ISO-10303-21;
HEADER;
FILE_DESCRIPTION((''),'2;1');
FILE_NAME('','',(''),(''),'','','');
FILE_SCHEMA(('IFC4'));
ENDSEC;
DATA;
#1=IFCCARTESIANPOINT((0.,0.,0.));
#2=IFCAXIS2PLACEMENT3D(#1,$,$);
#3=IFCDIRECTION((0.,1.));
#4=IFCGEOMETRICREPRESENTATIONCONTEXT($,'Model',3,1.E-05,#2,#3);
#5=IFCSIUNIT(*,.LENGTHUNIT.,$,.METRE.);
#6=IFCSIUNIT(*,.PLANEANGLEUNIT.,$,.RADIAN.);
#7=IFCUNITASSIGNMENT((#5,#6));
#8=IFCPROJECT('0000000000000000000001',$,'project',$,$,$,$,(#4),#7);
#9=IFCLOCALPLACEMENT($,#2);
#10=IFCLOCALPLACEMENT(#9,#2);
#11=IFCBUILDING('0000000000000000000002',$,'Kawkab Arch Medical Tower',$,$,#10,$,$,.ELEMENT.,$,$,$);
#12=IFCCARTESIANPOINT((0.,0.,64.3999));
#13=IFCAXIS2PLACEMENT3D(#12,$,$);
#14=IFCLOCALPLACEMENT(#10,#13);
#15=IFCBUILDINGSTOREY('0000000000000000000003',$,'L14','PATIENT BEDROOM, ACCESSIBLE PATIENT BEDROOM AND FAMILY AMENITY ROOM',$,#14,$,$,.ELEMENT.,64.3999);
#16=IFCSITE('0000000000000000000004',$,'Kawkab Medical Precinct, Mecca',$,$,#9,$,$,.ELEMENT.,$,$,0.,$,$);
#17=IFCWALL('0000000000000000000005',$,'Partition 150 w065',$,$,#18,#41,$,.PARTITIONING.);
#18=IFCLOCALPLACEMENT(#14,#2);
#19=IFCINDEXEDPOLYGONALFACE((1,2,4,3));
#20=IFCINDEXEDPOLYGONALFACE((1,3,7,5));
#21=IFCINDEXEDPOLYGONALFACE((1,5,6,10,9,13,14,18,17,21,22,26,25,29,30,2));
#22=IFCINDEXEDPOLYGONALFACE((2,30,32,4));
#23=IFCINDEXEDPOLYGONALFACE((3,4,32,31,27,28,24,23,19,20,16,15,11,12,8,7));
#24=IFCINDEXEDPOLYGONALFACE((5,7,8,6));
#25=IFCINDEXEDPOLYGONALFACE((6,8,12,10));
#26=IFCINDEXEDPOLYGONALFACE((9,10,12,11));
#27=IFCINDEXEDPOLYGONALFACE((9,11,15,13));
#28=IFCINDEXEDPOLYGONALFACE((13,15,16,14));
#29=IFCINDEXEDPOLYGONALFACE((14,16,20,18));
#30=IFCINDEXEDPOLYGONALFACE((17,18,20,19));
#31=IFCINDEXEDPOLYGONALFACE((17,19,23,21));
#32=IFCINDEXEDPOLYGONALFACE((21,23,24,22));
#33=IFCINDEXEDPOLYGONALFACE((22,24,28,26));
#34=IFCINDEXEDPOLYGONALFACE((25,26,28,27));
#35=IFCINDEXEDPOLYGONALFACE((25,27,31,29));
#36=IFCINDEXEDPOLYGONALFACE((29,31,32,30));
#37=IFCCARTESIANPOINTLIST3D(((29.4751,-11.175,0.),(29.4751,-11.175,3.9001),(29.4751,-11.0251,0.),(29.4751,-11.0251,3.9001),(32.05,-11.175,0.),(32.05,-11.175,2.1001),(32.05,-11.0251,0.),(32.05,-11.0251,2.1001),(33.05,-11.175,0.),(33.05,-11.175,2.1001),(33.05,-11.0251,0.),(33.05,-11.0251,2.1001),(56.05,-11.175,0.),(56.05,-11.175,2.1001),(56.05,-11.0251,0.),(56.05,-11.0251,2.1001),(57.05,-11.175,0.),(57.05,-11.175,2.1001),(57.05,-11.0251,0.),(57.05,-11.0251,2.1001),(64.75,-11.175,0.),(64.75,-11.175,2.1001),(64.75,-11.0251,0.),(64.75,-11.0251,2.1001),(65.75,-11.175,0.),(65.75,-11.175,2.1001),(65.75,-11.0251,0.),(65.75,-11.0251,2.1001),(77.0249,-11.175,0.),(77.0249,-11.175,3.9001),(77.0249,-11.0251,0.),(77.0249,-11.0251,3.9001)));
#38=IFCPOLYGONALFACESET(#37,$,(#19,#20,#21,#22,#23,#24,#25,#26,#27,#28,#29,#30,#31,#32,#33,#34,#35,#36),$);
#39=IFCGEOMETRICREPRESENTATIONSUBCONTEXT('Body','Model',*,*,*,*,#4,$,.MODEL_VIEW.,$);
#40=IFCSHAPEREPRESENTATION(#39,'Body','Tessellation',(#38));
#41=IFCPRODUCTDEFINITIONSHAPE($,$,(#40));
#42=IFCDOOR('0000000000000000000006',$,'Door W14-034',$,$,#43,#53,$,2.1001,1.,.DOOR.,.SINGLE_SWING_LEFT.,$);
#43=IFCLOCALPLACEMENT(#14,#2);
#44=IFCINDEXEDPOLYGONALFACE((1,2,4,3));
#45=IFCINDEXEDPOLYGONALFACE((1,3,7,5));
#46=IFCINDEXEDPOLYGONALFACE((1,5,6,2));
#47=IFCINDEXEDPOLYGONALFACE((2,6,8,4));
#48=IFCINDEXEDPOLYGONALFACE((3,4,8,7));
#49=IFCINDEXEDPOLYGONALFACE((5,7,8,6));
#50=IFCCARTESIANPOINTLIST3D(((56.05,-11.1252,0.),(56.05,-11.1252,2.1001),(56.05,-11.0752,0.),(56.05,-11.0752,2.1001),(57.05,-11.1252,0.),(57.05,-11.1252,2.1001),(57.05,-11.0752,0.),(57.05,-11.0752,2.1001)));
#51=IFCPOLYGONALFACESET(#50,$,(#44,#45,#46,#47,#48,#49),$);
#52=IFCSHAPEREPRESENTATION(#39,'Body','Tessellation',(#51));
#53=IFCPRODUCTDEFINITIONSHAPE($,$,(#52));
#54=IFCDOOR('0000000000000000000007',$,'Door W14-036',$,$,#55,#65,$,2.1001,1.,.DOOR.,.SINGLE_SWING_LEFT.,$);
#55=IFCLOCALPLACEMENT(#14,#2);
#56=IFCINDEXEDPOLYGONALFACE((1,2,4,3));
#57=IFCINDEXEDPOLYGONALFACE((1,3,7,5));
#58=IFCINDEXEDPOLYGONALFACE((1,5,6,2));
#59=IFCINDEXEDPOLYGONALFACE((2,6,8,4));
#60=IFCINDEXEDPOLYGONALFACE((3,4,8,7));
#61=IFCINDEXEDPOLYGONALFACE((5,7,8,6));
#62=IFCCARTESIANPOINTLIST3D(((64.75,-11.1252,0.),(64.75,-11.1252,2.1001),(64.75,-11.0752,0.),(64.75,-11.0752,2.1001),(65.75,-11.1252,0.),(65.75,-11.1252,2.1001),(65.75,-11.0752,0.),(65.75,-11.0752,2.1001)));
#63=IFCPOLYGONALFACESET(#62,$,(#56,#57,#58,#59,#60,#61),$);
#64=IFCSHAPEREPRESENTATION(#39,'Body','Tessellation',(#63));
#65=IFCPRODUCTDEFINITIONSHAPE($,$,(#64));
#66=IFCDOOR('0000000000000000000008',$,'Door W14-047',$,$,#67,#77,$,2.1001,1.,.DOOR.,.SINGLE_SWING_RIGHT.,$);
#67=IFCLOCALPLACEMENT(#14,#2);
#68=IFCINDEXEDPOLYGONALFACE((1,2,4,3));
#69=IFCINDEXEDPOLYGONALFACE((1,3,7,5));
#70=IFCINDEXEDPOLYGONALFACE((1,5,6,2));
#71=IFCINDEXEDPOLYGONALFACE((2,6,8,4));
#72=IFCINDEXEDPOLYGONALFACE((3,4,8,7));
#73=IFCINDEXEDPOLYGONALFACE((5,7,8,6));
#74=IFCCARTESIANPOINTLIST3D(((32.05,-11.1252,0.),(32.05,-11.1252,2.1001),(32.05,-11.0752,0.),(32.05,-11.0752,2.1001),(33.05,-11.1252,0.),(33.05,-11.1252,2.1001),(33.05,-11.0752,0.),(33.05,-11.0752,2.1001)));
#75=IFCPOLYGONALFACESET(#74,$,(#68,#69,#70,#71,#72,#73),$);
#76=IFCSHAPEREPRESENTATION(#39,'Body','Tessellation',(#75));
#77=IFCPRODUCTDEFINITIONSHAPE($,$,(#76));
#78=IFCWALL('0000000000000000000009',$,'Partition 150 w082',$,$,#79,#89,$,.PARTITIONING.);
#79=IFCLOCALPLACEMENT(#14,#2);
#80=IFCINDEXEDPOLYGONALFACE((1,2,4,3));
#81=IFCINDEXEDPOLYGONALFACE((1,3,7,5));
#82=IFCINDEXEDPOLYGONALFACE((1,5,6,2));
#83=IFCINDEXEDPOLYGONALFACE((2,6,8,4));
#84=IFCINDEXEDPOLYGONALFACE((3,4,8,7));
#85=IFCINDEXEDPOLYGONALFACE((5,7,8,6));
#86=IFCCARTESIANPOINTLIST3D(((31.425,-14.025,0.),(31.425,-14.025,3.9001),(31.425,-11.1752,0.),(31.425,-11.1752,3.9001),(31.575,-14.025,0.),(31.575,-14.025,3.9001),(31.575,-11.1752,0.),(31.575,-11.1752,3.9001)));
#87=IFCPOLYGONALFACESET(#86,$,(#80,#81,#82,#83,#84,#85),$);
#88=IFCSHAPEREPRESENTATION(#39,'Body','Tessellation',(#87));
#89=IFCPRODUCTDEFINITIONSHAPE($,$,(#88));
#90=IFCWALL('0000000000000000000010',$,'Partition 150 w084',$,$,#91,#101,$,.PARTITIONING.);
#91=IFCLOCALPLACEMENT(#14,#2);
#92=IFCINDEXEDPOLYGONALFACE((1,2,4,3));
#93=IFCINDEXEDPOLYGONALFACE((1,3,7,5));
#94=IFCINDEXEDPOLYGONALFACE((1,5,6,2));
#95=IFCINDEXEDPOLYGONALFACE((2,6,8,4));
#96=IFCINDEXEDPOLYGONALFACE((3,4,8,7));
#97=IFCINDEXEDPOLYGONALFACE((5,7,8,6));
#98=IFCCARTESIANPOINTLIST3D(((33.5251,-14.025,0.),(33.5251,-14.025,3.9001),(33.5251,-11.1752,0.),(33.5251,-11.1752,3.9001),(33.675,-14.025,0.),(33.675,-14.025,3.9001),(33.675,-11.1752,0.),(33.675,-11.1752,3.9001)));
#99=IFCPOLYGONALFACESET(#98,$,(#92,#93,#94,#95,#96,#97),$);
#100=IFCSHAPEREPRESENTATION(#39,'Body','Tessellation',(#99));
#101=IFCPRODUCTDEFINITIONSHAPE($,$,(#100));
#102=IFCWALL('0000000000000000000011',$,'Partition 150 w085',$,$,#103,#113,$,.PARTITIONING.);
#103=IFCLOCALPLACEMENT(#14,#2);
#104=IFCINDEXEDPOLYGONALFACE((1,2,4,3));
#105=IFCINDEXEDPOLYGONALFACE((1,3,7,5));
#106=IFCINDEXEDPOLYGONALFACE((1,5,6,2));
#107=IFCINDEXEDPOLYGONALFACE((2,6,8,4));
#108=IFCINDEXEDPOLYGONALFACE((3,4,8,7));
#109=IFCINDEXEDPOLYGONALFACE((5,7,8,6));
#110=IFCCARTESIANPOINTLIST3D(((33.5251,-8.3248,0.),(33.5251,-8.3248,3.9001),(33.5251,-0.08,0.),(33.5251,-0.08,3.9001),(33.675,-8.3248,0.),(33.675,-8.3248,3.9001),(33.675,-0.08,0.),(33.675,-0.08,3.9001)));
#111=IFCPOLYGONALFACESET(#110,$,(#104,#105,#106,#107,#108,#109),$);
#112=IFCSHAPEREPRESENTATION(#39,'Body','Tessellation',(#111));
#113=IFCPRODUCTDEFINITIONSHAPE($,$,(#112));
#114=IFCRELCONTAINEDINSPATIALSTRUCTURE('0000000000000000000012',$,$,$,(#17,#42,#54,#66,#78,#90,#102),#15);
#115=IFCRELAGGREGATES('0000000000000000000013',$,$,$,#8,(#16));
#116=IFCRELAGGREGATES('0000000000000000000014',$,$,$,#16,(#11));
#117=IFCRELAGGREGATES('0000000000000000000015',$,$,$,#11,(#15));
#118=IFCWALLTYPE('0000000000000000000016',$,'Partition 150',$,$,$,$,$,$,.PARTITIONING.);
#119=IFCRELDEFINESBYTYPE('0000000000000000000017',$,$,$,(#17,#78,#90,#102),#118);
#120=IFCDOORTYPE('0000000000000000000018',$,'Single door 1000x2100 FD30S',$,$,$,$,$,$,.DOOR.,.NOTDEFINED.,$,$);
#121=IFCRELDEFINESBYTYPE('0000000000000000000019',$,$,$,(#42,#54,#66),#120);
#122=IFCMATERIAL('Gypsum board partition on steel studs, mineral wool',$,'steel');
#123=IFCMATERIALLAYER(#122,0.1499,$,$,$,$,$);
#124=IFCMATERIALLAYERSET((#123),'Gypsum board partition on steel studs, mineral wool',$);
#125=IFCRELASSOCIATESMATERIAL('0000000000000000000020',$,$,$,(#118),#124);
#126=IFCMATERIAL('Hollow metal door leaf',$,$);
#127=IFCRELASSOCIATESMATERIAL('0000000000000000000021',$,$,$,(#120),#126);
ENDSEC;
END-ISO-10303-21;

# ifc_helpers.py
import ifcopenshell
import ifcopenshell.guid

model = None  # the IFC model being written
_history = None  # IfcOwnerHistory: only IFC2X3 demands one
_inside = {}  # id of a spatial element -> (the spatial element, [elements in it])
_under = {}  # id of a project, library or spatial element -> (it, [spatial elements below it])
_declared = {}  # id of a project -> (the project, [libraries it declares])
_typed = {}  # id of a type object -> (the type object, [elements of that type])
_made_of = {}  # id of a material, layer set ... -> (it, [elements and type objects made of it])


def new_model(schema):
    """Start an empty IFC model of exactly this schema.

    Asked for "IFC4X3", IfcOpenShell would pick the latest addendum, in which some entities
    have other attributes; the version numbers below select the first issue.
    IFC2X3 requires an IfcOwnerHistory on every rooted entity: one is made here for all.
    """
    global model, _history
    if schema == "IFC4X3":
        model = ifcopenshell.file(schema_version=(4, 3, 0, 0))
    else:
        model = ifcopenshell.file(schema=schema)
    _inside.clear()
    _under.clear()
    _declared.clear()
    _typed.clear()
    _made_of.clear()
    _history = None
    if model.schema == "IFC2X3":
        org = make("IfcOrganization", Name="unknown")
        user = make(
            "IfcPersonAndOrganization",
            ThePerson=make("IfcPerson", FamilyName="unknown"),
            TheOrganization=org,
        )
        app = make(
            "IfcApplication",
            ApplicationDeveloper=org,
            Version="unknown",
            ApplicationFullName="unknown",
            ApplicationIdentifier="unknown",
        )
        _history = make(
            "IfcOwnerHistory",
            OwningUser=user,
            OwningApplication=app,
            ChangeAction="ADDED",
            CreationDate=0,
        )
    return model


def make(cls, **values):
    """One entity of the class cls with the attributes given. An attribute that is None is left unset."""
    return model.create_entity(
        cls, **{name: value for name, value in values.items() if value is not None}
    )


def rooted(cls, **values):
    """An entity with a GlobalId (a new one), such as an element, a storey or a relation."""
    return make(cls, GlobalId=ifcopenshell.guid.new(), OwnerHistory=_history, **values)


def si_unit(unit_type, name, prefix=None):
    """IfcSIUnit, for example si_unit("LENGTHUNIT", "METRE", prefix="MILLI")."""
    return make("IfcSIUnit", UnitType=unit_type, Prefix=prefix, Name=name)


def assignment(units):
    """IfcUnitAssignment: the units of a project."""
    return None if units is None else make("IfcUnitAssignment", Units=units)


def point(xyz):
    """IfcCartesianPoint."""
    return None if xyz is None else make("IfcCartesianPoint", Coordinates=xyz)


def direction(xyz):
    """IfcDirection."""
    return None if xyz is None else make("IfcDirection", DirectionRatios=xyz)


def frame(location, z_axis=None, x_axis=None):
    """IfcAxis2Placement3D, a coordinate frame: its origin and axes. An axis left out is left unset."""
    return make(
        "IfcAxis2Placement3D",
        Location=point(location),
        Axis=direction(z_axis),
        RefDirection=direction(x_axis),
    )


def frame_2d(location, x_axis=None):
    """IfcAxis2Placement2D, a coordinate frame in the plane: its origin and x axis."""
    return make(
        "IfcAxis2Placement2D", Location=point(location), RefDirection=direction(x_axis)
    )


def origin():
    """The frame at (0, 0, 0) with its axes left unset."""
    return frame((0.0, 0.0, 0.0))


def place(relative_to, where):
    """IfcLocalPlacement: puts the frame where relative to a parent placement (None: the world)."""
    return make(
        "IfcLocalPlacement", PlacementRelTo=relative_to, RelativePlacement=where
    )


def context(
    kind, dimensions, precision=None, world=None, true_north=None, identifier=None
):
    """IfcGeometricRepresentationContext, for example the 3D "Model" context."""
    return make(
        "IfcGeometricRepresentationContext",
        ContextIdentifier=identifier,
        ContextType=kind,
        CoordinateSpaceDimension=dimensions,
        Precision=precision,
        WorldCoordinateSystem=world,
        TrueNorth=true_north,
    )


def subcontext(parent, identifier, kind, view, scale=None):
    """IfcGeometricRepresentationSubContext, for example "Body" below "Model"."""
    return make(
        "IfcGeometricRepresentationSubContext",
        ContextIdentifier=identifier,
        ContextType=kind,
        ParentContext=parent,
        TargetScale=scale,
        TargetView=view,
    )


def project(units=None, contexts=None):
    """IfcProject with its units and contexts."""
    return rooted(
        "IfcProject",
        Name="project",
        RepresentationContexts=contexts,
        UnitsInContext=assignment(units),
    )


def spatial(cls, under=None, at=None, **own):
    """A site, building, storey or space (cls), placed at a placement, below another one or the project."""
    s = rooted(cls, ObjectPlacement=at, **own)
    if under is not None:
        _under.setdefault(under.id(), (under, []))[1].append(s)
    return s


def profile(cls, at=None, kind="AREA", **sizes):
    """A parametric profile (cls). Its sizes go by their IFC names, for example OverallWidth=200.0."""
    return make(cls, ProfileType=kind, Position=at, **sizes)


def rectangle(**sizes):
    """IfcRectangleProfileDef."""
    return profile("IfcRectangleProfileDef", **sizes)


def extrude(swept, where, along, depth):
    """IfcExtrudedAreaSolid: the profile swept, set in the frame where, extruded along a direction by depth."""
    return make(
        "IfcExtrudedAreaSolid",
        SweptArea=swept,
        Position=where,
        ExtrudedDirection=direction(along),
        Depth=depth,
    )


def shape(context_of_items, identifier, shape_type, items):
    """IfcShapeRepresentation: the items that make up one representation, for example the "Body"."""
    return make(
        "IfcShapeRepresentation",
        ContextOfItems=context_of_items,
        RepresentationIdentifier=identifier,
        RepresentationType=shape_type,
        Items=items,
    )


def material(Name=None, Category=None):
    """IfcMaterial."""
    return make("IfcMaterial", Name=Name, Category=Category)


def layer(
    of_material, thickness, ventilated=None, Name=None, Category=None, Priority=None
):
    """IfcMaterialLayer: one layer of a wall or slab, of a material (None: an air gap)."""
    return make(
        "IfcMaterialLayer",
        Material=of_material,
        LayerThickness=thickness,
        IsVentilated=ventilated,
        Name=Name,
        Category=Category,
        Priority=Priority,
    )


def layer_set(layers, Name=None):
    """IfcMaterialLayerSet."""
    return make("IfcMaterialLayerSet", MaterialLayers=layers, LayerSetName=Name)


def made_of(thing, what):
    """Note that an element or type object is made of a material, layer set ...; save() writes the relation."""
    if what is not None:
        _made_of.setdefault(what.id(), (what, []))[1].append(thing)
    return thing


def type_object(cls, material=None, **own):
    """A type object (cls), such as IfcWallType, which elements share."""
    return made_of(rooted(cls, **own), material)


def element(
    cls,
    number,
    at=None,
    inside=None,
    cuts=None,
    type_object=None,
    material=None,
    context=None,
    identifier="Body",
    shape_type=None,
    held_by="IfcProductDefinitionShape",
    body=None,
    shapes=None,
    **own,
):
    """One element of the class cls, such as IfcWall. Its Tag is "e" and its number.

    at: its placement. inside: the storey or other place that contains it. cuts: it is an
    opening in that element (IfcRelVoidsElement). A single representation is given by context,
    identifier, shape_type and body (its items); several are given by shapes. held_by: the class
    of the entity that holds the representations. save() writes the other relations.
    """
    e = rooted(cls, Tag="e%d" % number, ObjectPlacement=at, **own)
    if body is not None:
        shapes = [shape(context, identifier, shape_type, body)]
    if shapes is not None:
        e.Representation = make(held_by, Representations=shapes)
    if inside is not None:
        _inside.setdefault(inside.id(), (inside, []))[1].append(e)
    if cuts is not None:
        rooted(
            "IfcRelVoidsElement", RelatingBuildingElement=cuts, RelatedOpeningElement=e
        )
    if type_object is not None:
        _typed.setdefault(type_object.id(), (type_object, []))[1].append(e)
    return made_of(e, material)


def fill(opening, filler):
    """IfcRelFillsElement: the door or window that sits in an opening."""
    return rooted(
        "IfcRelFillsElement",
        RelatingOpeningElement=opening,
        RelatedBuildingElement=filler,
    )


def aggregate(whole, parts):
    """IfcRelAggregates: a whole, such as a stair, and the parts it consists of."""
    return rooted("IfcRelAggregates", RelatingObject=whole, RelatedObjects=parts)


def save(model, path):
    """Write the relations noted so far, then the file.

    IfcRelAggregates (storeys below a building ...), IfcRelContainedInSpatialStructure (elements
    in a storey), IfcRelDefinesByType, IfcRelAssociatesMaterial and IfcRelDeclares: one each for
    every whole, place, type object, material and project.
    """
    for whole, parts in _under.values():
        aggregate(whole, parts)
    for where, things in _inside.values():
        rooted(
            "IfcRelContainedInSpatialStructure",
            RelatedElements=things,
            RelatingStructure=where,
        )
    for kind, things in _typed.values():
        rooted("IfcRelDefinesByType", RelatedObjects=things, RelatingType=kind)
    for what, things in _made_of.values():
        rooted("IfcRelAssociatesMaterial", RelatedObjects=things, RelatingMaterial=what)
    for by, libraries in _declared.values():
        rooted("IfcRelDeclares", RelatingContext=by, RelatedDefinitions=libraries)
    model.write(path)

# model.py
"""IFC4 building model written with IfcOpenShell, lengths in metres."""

from ifc_helpers import new_model, si_unit, direction, frame, frame_2d, origin, place, context, subcontext, project, spatial, rectangle, extrude, material, layer, layer_set, type_object, element, fill, save


model = new_model("IFC4")

# Units and contexts
model_context = context("Model", 3, precision=1e-05, world=origin(), true_north=direction((0.0, 1.0)))
body_context = subcontext(model_context, "Body", "Model", "MODEL_VIEW")
ifc_project = project(units=[si_unit("LENGTHUNIT", "METRE"), si_unit("PLANEANGLEUNIT", "RADIAN")], contexts=[model_context])

# Site, building, storey
site_placement = place(None, origin())
site = spatial("IfcSite", under=ifc_project, at=site_placement, Name="Kawkab Medical Precinct, Mecca", CompositionType="ELEMENT", RefElevation=0.0)
building_placement = place(site_placement, origin())
building = spatial("IfcBuilding", under=site, at=building_placement, Name="Kawkab Arch Medical Tower", CompositionType="ELEMENT")
storey_placement = place(building_placement, frame((0.0, 0.0, 64.3999)))
storey = spatial("IfcBuildingStorey", under=building, at=storey_placement, Name="L14", Description="PATIENT BEDROOM, ACCESSIBLE PATIENT BEDROOM AND FAMILY AMENITY ROOM", CompositionType="ELEMENT", Elevation=64.3999)

# Wall, openings, doors
ifc_material_1 = material(Name="Gypsum board partition on steel studs, mineral wool", Category="steel")
ifc_layer_1 = layer(ifc_material_1, 0.1499)
ifc_layer_set_1 = layer_set([ifc_layer_1], Name="Gypsum board partition on steel studs, mineral wool")
wall_type_1 = type_object("IfcWallType", Name="Partition 150", PredefinedType="PARTITIONING", material=ifc_layer_set_1)
ifc_material_2 = material(Name="Hollow metal door leaf")
door_type_1 = type_object("IfcDoorType", Name="Single door 1000x2100 FD30S", OperationType="NOTDEFINED", PredefinedType="DOOR", material=ifc_material_2)
wall_1_placement = place(storey_placement, frame((29.4751, -11.1001, 0.0), z_axis=(0.0, 0.0, 1.0), x_axis=(1.0, 0.0, 0.0)))
wall_1 = element("IfcWall", 1, at=wall_1_placement, inside=storey, type_object=wall_type_1, Name="Partition 150 w065", PredefinedType="PARTITIONING", context=body_context, shape_type="SweptSolid", body=[
    extrude(rectangle(XDim=47.5498, YDim=0.1499, at=frame_2d((23.7749, 0.0))), origin(), (0.0, 0.0, 1.0), 3.9001),
])
opening_1_placement = place(wall_1_placement, frame((26.575, 0.0, 0.0)))
opening_1 = element("IfcOpeningElement", 2, at=opening_1_placement, cuts=wall_1, PredefinedType="OPENING", context=body_context, shape_type="SweptSolid", body=[
    extrude(rectangle(XDim=1.0, YDim=2.1001, at=frame_2d((0.5, 1.05))), frame((0.0, 0.085, 0.0), z_axis=(0.0, -1.0, 0.0), x_axis=(1.0, 0.0, 0.0)), (0.0, 0.0, 1.0), 0.1699),
])
opening_2_placement = place(wall_1_placement, frame((35.2749, 0.0, 0.0)))
opening_2 = element("IfcOpeningElement", 3, at=opening_2_placement, cuts=wall_1, PredefinedType="OPENING", context=body_context, shape_type="SweptSolid", body=[
    extrude(rectangle(XDim=1.0, YDim=2.1001, at=frame_2d((0.5, 1.05))), frame((0.0, 0.085, 0.0), z_axis=(0.0, -1.0, 0.0), x_axis=(1.0, 0.0, 0.0)), (0.0, 0.0, 1.0), 0.1699),
])
opening_3_placement = place(wall_1_placement, frame((2.575, 0.0, 0.0)))
opening_3 = element("IfcOpeningElement", 4, at=opening_3_placement, cuts=wall_1, PredefinedType="OPENING", context=body_context, shape_type="SweptSolid", body=[
    extrude(rectangle(XDim=1.0, YDim=2.1001, at=frame_2d((0.5, 1.05))), frame((0.0, 0.085, 0.0), z_axis=(0.0, -1.0, 0.0), x_axis=(1.0, 0.0, 0.0)), (0.0, 0.0, 1.0), 0.1699),
])
door_1_placement = place(opening_1_placement, origin())
door_1 = element("IfcDoor", 5, at=door_1_placement, inside=storey, type_object=door_type_1, Name="Door W14-034", OperationType="SINGLE_SWING_LEFT", OverallHeight=2.1001, OverallWidth=1.0, PredefinedType="DOOR", context=body_context, shape_type="SweptSolid", body=[
    extrude(rectangle(XDim=1.0, YDim=2.1001, at=frame_2d((0.5, 1.05))), frame((0.0, 0.0249, 0.0), z_axis=(0.0, -1.0, 0.0), x_axis=(1.0, 0.0, 0.0)), (0.0, 0.0, 1.0), 0.05),
])
fill(opening_1, door_1)
door_2_placement = place(opening_2_placement, origin())
door_2 = element("IfcDoor", 6, at=door_2_placement, inside=storey, type_object=door_type_1, Name="Door W14-036", OperationType="SINGLE_SWING_LEFT", OverallHeight=2.1001, OverallWidth=1.0, PredefinedType="DOOR", context=body_context, shape_type="SweptSolid", body=[
    extrude(rectangle(XDim=1.0, YDim=2.1001, at=frame_2d((0.5, 1.05))), frame((0.0, 0.0249, 0.0), z_axis=(0.0, -1.0, 0.0), x_axis=(1.0, 0.0, 0.0)), (0.0, 0.0, 1.0), 0.05),
])
fill(opening_2, door_2)
door_3_placement = place(opening_3_placement, origin())
door_3 = element("IfcDoor", 7, at=door_3_placement, inside=storey, type_object=door_type_1, Name="Door W14-047", OperationType="SINGLE_SWING_RIGHT", OverallHeight=2.1001, OverallWidth=1.0, PredefinedType="DOOR", context=body_context, shape_type="SweptSolid", body=[
    extrude(rectangle(XDim=1.0, YDim=2.1001, at=frame_2d((0.5, 1.05))), frame((0.0, 0.0249, 0.0), z_axis=(0.0, -1.0, 0.0), x_axis=(1.0, 0.0, 0.0)), (0.0, 0.0, 1.0), 0.05),
])
fill(opening_3, door_3)

# Walls
for number, where, z_axis, x_axis, name in (
    (8, (31.5, -14.0249, 0.0), (0.0, 0.0, 1.0), (0.0, 1.0, 0.0), "Partition 150 w082"),
    (9, (33.6001, -14.0249, 0.0), (0.0, 0.0, 1.0), (0.0, 1.0, 0.0), "Partition 150 w084"),
):
    element("IfcWall", number, at=place(storey_placement, frame(where, z_axis=z_axis, x_axis=x_axis)), inside=storey, type_object=wall_type_1, Name=name, PredefinedType="PARTITIONING", context=body_context, shape_type="SweptSolid", body=[
        extrude(rectangle(XDim=2.8499, YDim=0.1499, at=frame_2d((1.4248, 0.0))), origin(), (0.0, 0.0, 1.0), 3.9001),
    ])
wall_2_placement = place(storey_placement, frame((33.6001, -8.325, 0.0), z_axis=(0.0, 0.0, 1.0), x_axis=(0.0, 1.0, 0.0)))
element("IfcWall", 10, at=wall_2_placement, inside=storey, type_object=wall_type_1, Name="Partition 150 w085", PredefinedType="PARTITIONING", context=body_context, shape_type="SweptSolid", body=[
    extrude(rectangle(XDim=8.2449, YDim=0.1499, at=frame_2d((4.1226, 0.0))), origin(), (0.0, 0.0, 1.0), 3.9001),
])

save(model, "model.ifc")
